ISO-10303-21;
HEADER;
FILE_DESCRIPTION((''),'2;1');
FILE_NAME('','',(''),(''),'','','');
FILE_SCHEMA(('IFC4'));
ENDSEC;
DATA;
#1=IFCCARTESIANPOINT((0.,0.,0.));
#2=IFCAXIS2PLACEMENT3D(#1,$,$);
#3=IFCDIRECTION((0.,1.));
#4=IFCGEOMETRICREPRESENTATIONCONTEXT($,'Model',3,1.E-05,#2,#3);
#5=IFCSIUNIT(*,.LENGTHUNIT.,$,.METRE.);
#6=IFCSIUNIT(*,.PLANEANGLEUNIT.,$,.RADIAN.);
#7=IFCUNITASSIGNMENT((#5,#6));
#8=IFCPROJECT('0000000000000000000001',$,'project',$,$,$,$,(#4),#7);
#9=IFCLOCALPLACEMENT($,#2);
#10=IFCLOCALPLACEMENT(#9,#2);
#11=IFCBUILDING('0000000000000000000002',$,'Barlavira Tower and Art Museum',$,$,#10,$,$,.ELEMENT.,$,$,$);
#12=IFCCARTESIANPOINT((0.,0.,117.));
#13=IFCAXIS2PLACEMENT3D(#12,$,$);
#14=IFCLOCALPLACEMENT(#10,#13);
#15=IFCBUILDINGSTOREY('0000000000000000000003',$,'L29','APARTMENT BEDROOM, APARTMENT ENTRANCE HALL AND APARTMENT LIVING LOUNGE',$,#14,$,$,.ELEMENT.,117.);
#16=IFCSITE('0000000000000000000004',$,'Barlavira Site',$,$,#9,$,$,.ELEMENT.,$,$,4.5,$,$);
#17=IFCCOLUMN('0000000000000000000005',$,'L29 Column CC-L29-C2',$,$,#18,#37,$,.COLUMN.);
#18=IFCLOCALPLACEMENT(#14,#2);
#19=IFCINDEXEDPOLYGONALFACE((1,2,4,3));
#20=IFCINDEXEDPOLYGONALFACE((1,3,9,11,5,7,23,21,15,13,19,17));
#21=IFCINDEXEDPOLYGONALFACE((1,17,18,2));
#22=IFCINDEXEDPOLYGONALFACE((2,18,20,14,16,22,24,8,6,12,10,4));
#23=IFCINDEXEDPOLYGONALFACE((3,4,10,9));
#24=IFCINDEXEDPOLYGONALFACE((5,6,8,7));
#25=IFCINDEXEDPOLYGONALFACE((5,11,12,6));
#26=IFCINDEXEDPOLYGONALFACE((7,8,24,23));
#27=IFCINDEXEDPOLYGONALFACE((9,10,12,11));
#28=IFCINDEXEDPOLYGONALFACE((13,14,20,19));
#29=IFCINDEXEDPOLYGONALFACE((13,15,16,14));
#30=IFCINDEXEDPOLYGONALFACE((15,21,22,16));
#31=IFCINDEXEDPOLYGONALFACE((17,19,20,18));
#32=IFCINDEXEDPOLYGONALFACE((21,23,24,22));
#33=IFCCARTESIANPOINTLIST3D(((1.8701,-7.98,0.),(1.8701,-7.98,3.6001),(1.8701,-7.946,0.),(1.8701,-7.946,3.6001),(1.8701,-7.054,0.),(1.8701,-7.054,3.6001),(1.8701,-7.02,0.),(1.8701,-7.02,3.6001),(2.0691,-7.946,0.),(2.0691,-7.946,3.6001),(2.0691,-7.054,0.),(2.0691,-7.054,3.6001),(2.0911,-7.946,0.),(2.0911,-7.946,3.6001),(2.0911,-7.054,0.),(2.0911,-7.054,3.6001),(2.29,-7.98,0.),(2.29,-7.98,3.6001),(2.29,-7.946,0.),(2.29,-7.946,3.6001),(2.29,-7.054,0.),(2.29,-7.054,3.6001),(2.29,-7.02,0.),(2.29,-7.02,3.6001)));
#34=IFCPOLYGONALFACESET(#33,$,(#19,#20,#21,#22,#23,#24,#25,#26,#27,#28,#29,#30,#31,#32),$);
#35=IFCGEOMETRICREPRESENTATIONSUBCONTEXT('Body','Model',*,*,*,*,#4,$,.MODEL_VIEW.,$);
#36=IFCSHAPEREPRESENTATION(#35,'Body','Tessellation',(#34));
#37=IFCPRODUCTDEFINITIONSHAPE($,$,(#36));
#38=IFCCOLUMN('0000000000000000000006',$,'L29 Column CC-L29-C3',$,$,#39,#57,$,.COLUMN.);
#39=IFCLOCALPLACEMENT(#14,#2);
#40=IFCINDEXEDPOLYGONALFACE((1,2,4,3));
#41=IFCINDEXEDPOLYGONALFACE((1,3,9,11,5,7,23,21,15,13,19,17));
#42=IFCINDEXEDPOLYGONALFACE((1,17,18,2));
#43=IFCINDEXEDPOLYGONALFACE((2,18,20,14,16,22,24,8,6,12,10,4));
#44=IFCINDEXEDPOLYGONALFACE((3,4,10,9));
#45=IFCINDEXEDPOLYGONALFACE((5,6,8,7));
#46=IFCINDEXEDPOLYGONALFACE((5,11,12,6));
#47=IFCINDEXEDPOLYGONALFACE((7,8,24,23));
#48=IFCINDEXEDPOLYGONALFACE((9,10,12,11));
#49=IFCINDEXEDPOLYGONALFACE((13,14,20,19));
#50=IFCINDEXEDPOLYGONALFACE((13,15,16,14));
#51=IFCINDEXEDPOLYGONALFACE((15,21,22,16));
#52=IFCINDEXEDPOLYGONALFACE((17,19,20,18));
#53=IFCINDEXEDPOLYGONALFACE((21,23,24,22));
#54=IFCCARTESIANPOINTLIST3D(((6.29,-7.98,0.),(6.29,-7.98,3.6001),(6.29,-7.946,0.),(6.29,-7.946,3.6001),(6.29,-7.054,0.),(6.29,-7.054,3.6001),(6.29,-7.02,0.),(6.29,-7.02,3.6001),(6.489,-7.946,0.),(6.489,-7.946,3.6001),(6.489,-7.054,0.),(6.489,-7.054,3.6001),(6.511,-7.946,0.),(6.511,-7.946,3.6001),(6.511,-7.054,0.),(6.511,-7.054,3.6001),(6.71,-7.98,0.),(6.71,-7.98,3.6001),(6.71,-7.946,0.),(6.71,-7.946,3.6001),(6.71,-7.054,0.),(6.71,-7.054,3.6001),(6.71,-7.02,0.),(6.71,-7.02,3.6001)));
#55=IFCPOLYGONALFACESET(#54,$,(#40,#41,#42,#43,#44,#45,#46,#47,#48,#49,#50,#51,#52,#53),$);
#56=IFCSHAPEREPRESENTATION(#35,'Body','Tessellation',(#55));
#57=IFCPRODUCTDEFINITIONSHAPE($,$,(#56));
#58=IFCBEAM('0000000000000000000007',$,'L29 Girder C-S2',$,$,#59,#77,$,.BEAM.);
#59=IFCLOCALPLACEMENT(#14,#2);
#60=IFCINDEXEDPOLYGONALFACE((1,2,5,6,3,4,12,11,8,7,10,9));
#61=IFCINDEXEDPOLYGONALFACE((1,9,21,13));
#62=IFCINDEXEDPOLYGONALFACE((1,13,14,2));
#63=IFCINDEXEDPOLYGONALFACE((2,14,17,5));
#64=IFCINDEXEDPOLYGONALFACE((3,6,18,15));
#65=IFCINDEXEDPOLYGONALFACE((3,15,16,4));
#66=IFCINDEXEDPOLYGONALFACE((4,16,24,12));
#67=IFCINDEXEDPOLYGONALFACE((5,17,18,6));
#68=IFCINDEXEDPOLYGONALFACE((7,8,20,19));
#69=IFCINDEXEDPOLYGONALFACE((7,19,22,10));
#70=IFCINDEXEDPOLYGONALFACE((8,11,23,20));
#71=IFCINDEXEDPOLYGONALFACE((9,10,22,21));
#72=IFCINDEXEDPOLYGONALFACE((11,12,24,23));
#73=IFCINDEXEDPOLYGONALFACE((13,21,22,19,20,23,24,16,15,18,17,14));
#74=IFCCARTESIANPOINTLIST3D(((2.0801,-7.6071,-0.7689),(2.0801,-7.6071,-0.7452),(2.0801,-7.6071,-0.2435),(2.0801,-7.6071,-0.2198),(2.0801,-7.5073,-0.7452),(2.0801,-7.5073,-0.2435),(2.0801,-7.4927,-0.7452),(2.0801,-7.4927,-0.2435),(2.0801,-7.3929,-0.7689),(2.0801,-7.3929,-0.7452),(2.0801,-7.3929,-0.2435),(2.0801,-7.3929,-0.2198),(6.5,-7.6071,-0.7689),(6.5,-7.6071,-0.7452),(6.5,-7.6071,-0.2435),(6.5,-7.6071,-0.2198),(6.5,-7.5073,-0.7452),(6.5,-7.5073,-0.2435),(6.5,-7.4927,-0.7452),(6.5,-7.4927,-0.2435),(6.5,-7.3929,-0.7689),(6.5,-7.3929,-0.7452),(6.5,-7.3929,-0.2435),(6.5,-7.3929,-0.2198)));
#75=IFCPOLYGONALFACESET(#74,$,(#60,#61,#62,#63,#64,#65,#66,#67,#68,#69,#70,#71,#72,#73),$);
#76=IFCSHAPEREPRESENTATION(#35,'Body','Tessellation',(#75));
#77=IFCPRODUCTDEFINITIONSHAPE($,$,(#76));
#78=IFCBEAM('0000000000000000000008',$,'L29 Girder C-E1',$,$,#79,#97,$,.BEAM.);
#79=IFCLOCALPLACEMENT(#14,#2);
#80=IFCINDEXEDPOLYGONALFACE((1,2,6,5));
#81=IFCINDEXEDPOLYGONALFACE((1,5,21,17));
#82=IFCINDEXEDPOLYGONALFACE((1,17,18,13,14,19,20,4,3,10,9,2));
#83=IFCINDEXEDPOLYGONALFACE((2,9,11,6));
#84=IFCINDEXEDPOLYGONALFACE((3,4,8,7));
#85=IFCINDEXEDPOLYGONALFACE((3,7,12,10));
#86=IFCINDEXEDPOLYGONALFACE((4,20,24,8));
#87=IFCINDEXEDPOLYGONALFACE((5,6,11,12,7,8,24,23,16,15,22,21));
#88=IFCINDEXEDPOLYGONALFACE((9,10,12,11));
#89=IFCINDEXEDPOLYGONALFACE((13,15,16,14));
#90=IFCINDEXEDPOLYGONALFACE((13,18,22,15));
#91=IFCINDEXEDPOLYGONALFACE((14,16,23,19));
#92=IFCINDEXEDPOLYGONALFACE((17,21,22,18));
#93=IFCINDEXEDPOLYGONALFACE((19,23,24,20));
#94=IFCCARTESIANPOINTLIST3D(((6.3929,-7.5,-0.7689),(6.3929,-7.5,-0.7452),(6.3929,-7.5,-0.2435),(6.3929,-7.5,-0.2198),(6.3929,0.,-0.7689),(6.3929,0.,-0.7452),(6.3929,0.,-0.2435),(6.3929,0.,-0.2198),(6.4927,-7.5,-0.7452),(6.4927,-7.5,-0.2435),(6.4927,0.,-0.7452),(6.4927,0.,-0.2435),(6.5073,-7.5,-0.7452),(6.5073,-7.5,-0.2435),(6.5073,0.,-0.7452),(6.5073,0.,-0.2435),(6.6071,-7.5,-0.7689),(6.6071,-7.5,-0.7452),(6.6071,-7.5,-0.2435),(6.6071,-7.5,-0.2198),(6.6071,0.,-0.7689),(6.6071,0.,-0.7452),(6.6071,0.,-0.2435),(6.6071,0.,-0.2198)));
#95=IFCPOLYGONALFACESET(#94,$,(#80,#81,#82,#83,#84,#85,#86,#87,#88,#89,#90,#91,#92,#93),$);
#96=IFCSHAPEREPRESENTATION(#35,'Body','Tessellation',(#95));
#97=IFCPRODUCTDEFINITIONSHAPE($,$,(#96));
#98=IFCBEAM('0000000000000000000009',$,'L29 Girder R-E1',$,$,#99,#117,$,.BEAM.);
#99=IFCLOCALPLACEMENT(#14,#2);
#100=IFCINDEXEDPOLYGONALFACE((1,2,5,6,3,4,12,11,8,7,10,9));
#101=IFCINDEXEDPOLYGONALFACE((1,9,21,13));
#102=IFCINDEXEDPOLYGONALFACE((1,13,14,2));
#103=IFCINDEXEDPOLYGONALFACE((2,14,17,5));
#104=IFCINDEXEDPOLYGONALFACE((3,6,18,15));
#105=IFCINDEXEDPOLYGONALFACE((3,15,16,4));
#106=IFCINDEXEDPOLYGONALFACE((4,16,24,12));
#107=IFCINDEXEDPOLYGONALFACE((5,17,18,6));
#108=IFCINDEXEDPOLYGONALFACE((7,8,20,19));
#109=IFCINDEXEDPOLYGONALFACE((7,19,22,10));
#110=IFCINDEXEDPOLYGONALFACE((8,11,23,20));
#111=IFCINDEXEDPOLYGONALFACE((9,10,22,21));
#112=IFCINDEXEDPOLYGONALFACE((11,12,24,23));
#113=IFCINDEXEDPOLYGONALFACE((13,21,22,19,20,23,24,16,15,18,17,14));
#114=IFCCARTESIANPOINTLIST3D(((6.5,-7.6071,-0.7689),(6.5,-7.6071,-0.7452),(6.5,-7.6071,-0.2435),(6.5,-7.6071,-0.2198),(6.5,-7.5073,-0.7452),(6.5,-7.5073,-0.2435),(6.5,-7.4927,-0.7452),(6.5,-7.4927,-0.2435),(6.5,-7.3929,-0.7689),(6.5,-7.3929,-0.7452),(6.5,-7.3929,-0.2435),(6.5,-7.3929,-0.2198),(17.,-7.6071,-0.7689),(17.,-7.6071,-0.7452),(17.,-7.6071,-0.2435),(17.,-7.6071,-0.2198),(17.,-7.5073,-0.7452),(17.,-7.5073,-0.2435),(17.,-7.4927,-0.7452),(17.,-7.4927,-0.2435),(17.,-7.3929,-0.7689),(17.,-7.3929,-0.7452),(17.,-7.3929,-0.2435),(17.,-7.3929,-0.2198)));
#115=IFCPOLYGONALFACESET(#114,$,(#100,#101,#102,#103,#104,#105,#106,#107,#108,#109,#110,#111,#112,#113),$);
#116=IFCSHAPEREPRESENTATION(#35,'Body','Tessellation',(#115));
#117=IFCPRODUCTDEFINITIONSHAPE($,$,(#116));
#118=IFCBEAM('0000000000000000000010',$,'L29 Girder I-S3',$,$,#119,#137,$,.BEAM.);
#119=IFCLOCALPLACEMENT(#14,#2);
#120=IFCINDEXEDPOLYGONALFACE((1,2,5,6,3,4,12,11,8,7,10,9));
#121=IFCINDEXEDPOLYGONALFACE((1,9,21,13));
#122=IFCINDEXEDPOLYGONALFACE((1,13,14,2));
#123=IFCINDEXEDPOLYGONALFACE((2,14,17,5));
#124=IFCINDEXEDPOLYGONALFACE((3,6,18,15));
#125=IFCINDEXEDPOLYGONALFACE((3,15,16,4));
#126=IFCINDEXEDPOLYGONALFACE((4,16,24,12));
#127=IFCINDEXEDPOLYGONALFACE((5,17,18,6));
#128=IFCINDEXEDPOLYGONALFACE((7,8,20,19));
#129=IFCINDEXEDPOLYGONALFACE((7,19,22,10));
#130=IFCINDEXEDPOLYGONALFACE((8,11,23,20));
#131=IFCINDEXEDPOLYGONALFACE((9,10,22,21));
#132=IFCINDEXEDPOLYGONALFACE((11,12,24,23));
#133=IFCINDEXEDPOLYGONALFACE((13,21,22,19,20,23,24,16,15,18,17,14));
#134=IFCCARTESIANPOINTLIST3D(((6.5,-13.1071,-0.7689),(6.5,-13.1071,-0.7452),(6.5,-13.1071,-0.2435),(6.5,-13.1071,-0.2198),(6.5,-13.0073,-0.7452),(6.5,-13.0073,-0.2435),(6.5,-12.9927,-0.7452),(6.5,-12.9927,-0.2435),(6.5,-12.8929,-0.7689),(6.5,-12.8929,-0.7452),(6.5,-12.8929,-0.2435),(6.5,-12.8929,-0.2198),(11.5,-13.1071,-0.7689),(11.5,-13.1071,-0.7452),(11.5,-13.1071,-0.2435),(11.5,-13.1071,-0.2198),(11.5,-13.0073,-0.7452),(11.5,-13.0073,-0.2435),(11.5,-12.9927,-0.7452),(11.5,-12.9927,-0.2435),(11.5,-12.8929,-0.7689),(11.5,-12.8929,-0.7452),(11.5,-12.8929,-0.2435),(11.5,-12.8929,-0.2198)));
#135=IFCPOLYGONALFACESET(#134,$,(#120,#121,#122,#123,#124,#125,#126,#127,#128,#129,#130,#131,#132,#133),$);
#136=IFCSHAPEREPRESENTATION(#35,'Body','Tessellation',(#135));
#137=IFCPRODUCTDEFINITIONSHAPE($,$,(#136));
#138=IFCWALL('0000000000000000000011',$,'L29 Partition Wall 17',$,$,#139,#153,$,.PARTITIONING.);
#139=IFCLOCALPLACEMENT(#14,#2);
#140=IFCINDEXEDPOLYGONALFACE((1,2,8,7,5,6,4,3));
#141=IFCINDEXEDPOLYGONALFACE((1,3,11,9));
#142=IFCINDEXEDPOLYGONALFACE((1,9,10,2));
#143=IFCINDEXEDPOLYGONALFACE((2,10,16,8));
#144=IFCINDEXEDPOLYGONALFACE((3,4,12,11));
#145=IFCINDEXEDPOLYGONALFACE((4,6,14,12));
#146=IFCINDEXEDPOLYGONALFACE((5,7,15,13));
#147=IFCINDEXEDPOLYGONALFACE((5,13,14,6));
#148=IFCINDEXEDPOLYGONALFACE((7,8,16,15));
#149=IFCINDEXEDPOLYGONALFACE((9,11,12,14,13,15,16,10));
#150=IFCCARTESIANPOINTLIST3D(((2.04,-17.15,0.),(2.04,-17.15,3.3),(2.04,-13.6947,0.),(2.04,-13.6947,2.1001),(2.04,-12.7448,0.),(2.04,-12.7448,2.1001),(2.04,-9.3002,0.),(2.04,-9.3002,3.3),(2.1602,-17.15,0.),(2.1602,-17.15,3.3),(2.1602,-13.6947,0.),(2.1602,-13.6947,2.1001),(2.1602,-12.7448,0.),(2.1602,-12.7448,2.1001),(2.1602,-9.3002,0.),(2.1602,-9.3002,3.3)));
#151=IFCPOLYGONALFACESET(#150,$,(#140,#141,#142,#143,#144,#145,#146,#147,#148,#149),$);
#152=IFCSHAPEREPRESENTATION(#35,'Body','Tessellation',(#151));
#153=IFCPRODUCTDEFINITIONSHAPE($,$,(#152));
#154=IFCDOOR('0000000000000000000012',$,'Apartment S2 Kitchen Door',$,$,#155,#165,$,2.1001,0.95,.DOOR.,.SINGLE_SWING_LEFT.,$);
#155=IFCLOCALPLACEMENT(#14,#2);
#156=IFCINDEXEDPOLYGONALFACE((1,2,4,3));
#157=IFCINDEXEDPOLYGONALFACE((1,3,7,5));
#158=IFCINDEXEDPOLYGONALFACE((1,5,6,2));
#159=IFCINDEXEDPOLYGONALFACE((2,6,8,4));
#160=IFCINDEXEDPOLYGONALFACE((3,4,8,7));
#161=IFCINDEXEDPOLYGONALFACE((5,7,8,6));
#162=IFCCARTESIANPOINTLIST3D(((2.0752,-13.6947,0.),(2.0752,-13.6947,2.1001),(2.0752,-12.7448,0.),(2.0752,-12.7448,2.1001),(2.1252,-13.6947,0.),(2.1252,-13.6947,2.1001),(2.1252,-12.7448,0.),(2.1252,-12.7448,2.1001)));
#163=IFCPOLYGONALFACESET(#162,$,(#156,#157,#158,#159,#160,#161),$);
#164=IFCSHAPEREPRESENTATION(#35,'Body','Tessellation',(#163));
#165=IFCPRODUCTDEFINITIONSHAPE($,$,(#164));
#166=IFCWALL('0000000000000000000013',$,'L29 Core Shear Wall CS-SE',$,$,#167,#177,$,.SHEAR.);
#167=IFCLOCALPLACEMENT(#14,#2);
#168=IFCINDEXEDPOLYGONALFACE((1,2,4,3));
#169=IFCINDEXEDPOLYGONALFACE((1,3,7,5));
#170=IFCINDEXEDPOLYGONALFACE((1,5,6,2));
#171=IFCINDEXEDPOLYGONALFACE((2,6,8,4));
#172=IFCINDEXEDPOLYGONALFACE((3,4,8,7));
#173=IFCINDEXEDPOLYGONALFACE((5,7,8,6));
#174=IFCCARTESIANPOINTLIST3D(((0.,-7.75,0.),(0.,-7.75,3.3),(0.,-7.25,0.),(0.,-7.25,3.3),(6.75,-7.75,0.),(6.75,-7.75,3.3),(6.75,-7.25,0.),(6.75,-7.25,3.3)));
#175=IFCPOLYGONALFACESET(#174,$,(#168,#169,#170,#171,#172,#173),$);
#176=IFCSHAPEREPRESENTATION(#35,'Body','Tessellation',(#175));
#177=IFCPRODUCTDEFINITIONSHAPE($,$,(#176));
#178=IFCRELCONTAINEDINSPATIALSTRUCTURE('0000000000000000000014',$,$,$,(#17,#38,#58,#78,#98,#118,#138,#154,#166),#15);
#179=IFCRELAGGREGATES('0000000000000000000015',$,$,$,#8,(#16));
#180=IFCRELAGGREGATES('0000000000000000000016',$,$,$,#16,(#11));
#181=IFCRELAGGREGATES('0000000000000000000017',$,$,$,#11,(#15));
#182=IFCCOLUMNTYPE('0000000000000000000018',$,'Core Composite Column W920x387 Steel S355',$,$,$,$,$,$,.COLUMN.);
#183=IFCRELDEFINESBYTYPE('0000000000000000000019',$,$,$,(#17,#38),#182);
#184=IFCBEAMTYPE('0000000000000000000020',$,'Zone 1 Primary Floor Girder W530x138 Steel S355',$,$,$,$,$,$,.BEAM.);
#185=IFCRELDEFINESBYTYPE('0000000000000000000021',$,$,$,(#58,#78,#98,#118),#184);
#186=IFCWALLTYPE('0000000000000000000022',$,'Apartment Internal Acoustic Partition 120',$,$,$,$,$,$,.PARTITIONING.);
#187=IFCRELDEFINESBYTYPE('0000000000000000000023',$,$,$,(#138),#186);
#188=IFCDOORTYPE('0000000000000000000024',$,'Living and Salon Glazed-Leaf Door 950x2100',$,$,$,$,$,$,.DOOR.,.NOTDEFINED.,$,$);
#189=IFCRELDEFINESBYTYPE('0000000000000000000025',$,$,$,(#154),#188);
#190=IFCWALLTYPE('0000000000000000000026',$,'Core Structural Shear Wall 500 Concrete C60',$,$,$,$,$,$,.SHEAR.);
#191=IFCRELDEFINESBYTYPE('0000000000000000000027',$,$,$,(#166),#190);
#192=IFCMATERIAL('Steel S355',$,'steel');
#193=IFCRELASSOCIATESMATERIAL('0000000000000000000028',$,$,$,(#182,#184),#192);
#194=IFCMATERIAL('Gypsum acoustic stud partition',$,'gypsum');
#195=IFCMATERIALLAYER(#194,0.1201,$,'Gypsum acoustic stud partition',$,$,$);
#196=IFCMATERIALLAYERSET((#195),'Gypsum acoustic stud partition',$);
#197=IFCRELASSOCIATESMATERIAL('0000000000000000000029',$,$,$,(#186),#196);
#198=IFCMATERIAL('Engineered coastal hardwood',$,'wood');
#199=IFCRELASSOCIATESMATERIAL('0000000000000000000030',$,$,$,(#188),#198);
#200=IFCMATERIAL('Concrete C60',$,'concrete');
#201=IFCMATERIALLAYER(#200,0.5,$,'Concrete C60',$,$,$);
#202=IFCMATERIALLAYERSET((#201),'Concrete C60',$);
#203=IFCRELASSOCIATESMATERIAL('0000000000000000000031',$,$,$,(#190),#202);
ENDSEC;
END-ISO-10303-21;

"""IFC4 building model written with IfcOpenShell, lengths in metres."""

from ifc_helpers import new_model, si_unit, direction, frame, frame_2d, origin, origin_2d, place, context, subcontext, project, spatial, rectangle, i_section, extrude, material, layer, layer_set, material_profile, profile_set, type_object, element, fill, save


model = new_model("IFC4")

# Units and contexts
model_context = context("Model", 3, precision=1e-05, world=origin(), true_north=direction((0.0, 1.0)))
body_context = subcontext(model_context, "Body", "Model", "MODEL_VIEW")
ifc_project = project(units=[si_unit("LENGTHUNIT", "METRE"), si_unit("PLANEANGLEUNIT", "RADIAN")], contexts=[model_context])

# Site, building, storey
site_placement = place(None, origin())
site = spatial("IfcSite", under=ifc_project, at=site_placement, Name="Barlavira Site", CompositionType="ELEMENT", RefElevation=4.5)
building_placement = place(site_placement, origin())
building = spatial("IfcBuilding", under=site, at=building_placement, Name="Barlavira Tower and Art Museum", CompositionType="ELEMENT")
storey_placement = place(building_placement, frame((0.0, 0.0, 117.0)))
storey = spatial("IfcBuildingStorey", under=building, at=storey_placement, Name="L29", Description="APARTMENT BEDROOM, APARTMENT ENTRANCE HALL AND APARTMENT LIVING LOUNGE", CompositionType="ELEMENT", Elevation=117.0)

# Columns
ifc_material_1 = material(Name="Steel S355", Category="steel")
ifc_material_profile_1 = material_profile(ifc_material_1, i_section(OverallWidth=0.4199, OverallDepth=0.96, WebThickness=0.022, FlangeThickness=0.0339, at=origin_2d()), Name="W920x387.0")
ifc_profile_set_1 = profile_set([ifc_material_profile_1], Name="Steel S355")
column_type = type_object("IfcColumnType", Name="Core Composite Column W920x387 Steel S355", PredefinedType="COLUMN", material=ifc_profile_set_1)
for number, where, z_axis, x_axis, name in (
    (1, (2.0801, -7.5, 0.0), (0.0, 0.0, 1.0), (1.0, 0.0, 0.0), "L29 Column CC-L29-C2"),
    (2, (6.5, -7.5, 0.0), (0.0, 0.0, 1.0), (1.0, 0.0, 0.0), "L29 Column CC-L29-C3"),
):
    element("IfcColumn", number, at=place(storey_placement, frame(where, z_axis=z_axis, x_axis=x_axis)), inside=storey, type_object=column_type, Name=name, PredefinedType="COLUMN", context=body_context, shape_type="SweptSolid", body=[
        extrude(i_section(OverallWidth=0.4199, OverallDepth=0.96, WebThickness=0.022, FlangeThickness=0.0339, at=origin_2d()), origin(), (0.0, 0.0, 1.0), 3.6001),
    ])

# Beams
ifc_material_profile_2 = material_profile(ifc_material_1, i_section(OverallWidth=0.2141, OverallDepth=0.5491, WebThickness=0.0146, FlangeThickness=0.0237, at=origin_2d()), Name="W530x138.0")
ifc_profile_set_2 = profile_set([ifc_material_profile_2], Name="Steel S355")
beam_type = type_object("IfcBeamType", Name="Zone 1 Primary Floor Girder W530x138 Steel S355", PredefinedType="BEAM", material=ifc_profile_set_2)
beam_1_placement = place(storey_placement, frame((2.0801, -7.5, -0.4944), z_axis=(1.0, 0.0, 0.0), x_axis=(0.0, 1.0, 0.0)))
element("IfcBeam", 3, at=beam_1_placement, inside=storey, type_object=beam_type, Name="L29 Girder C-S2", PredefinedType="BEAM", context=body_context, shape_type="SweptSolid", body=[
    extrude(i_section(OverallWidth=0.2141, OverallDepth=0.5491, WebThickness=0.0146, FlangeThickness=0.0237, at=origin_2d()), origin(), (0.0, 0.0, 1.0), 4.4199),
])
beam_2_placement = place(storey_placement, frame((6.5, -7.5, -0.4944), z_axis=(0.0, 1.0, 0.0), x_axis=(-1.0, 0.0, 0.0)))
element("IfcBeam", 4, at=beam_2_placement, inside=storey, type_object=beam_type, Name="L29 Girder C-E1", PredefinedType="BEAM", context=body_context, shape_type="SweptSolid", body=[
    extrude(i_section(OverallWidth=0.2141, OverallDepth=0.5491, WebThickness=0.0146, FlangeThickness=0.0237, at=origin_2d()), origin(), (0.0, 0.0, 1.0), 7.5),
])
beam_3_placement = place(storey_placement, frame((6.5, -7.5, -0.4944), z_axis=(1.0, 0.0, 0.0), x_axis=(0.0, 1.0, 0.0)))
element("IfcBeam", 5, at=beam_3_placement, inside=storey, type_object=beam_type, Name="L29 Girder R-E1", PredefinedType="BEAM", context=body_context, shape_type="SweptSolid", body=[
    extrude(i_section(OverallWidth=0.2141, OverallDepth=0.5491, WebThickness=0.0146, FlangeThickness=0.0237, at=origin_2d()), origin(), (0.0, 0.0, 1.0), 10.5),
])
beam_4_placement = place(storey_placement, frame((6.5, -13.0, -0.4944), z_axis=(1.0, 0.0, 0.0), x_axis=(0.0, 1.0, 0.0)))
element("IfcBeam", 6, at=beam_4_placement, inside=storey, type_object=beam_type, Name="L29 Girder I-S3", PredefinedType="BEAM", context=body_context, shape_type="SweptSolid", body=[
    extrude(i_section(OverallWidth=0.2141, OverallDepth=0.5491, WebThickness=0.0146, FlangeThickness=0.0237, at=origin_2d()), origin(), (0.0, 0.0, 1.0), 5.0),
])

# Wall, opening, door
ifc_material_2 = material(Name="Gypsum acoustic stud partition", Category="gypsum")
ifc_layer_1 = layer(ifc_material_2, 0.1201, Name="Gypsum acoustic stud partition")
ifc_layer_set_1 = layer_set([ifc_layer_1], Name="Gypsum acoustic stud partition")
wall_type_1 = type_object("IfcWallType", Name="Apartment Internal Acoustic Partition 120", PredefinedType="PARTITIONING", material=ifc_layer_set_1)
wall_1_placement = place(storey_placement, frame((2.1001, -17.1499, 0.0), z_axis=(0.0, 0.0, 1.0), x_axis=(0.0, 1.0, 0.0)))
wall_1 = element("IfcWall", 7, at=wall_1_placement, inside=storey, type_object=wall_type_1, Name="L29 Partition Wall 17", PredefinedType="PARTITIONING", context=body_context, shape_type="SweptSolid", body=[
    extrude(rectangle(XDim=7.8499, YDim=0.1201, at=frame_2d((3.9248, 0.0))), origin(), (0.0, 0.0, 1.0), 3.3),
])
opening_1_placement = place(wall_1_placement, frame((3.4551, 0.0, 0.0)))
opening_1 = element("IfcOpeningElement", 8, at=opening_1_placement, cuts=wall_1, PredefinedType="OPENING", context=body_context, shape_type="SweptSolid", body=[
    extrude(rectangle(XDim=0.95, YDim=2.1001, at=frame_2d((0.4751, 1.05))), frame((0.0, 0.0701, 0.0), z_axis=(0.0, -1.0, 0.0), x_axis=(1.0, 0.0, 0.0)), (0.0, 0.0, 1.0), 0.1401),
])
ifc_material_3 = material(Name="Engineered coastal hardwood", Category="wood")
door_type_1 = type_object("IfcDoorType", Name="Living and Salon Glazed-Leaf Door 950x2100", OperationType="NOTDEFINED", PredefinedType="DOOR", material=ifc_material_3)
door_1_placement = place(opening_1_placement, origin())
door_1 = element("IfcDoor", 9, at=door_1_placement, inside=storey, type_object=door_type_1, Name="Apartment S2 Kitchen Door", OperationType="SINGLE_SWING_LEFT", OverallHeight=2.1001, OverallWidth=0.95, PredefinedType="DOOR", context=body_context, shape_type="SweptSolid", body=[
    extrude(rectangle(XDim=0.95, YDim=2.1001, at=frame_2d((0.4751, 1.05))), frame((0.0, 0.0249, 0.0), z_axis=(0.0, -1.0, 0.0), x_axis=(1.0, 0.0, 0.0)), (0.0, 0.0, 1.0), 0.05),
])
fill(opening_1, door_1)

# Wall
ifc_material_4 = material(Name="Concrete C60", Category="concrete")
ifc_layer_2 = layer(ifc_material_4, 0.5, Name="Concrete C60")
ifc_layer_set_2 = layer_set([ifc_layer_2], Name="Concrete C60")
wall_type_2 = type_object("IfcWallType", Name="Core Structural Shear Wall 500 Concrete C60", PredefinedType="SHEAR", material=ifc_layer_set_2)
wall_2_placement = place(storey_placement, frame((0.0, -7.5, 0.0), z_axis=(0.0, 0.0, 1.0), x_axis=(1.0, 0.0, 0.0)))
element("IfcWall", 10, at=wall_2_placement, inside=storey, type_object=wall_type_2, Name="L29 Core Shear Wall CS-SE", PredefinedType="SHEAR", context=body_context, shape_type="SweptSolid", body=[
    extrude(rectangle(XDim=6.75, YDim=0.5, at=frame_2d((3.375, 0.0))), origin(), (0.0, 0.0, 1.0), 3.3),
])

save(model, "model.ifc")
